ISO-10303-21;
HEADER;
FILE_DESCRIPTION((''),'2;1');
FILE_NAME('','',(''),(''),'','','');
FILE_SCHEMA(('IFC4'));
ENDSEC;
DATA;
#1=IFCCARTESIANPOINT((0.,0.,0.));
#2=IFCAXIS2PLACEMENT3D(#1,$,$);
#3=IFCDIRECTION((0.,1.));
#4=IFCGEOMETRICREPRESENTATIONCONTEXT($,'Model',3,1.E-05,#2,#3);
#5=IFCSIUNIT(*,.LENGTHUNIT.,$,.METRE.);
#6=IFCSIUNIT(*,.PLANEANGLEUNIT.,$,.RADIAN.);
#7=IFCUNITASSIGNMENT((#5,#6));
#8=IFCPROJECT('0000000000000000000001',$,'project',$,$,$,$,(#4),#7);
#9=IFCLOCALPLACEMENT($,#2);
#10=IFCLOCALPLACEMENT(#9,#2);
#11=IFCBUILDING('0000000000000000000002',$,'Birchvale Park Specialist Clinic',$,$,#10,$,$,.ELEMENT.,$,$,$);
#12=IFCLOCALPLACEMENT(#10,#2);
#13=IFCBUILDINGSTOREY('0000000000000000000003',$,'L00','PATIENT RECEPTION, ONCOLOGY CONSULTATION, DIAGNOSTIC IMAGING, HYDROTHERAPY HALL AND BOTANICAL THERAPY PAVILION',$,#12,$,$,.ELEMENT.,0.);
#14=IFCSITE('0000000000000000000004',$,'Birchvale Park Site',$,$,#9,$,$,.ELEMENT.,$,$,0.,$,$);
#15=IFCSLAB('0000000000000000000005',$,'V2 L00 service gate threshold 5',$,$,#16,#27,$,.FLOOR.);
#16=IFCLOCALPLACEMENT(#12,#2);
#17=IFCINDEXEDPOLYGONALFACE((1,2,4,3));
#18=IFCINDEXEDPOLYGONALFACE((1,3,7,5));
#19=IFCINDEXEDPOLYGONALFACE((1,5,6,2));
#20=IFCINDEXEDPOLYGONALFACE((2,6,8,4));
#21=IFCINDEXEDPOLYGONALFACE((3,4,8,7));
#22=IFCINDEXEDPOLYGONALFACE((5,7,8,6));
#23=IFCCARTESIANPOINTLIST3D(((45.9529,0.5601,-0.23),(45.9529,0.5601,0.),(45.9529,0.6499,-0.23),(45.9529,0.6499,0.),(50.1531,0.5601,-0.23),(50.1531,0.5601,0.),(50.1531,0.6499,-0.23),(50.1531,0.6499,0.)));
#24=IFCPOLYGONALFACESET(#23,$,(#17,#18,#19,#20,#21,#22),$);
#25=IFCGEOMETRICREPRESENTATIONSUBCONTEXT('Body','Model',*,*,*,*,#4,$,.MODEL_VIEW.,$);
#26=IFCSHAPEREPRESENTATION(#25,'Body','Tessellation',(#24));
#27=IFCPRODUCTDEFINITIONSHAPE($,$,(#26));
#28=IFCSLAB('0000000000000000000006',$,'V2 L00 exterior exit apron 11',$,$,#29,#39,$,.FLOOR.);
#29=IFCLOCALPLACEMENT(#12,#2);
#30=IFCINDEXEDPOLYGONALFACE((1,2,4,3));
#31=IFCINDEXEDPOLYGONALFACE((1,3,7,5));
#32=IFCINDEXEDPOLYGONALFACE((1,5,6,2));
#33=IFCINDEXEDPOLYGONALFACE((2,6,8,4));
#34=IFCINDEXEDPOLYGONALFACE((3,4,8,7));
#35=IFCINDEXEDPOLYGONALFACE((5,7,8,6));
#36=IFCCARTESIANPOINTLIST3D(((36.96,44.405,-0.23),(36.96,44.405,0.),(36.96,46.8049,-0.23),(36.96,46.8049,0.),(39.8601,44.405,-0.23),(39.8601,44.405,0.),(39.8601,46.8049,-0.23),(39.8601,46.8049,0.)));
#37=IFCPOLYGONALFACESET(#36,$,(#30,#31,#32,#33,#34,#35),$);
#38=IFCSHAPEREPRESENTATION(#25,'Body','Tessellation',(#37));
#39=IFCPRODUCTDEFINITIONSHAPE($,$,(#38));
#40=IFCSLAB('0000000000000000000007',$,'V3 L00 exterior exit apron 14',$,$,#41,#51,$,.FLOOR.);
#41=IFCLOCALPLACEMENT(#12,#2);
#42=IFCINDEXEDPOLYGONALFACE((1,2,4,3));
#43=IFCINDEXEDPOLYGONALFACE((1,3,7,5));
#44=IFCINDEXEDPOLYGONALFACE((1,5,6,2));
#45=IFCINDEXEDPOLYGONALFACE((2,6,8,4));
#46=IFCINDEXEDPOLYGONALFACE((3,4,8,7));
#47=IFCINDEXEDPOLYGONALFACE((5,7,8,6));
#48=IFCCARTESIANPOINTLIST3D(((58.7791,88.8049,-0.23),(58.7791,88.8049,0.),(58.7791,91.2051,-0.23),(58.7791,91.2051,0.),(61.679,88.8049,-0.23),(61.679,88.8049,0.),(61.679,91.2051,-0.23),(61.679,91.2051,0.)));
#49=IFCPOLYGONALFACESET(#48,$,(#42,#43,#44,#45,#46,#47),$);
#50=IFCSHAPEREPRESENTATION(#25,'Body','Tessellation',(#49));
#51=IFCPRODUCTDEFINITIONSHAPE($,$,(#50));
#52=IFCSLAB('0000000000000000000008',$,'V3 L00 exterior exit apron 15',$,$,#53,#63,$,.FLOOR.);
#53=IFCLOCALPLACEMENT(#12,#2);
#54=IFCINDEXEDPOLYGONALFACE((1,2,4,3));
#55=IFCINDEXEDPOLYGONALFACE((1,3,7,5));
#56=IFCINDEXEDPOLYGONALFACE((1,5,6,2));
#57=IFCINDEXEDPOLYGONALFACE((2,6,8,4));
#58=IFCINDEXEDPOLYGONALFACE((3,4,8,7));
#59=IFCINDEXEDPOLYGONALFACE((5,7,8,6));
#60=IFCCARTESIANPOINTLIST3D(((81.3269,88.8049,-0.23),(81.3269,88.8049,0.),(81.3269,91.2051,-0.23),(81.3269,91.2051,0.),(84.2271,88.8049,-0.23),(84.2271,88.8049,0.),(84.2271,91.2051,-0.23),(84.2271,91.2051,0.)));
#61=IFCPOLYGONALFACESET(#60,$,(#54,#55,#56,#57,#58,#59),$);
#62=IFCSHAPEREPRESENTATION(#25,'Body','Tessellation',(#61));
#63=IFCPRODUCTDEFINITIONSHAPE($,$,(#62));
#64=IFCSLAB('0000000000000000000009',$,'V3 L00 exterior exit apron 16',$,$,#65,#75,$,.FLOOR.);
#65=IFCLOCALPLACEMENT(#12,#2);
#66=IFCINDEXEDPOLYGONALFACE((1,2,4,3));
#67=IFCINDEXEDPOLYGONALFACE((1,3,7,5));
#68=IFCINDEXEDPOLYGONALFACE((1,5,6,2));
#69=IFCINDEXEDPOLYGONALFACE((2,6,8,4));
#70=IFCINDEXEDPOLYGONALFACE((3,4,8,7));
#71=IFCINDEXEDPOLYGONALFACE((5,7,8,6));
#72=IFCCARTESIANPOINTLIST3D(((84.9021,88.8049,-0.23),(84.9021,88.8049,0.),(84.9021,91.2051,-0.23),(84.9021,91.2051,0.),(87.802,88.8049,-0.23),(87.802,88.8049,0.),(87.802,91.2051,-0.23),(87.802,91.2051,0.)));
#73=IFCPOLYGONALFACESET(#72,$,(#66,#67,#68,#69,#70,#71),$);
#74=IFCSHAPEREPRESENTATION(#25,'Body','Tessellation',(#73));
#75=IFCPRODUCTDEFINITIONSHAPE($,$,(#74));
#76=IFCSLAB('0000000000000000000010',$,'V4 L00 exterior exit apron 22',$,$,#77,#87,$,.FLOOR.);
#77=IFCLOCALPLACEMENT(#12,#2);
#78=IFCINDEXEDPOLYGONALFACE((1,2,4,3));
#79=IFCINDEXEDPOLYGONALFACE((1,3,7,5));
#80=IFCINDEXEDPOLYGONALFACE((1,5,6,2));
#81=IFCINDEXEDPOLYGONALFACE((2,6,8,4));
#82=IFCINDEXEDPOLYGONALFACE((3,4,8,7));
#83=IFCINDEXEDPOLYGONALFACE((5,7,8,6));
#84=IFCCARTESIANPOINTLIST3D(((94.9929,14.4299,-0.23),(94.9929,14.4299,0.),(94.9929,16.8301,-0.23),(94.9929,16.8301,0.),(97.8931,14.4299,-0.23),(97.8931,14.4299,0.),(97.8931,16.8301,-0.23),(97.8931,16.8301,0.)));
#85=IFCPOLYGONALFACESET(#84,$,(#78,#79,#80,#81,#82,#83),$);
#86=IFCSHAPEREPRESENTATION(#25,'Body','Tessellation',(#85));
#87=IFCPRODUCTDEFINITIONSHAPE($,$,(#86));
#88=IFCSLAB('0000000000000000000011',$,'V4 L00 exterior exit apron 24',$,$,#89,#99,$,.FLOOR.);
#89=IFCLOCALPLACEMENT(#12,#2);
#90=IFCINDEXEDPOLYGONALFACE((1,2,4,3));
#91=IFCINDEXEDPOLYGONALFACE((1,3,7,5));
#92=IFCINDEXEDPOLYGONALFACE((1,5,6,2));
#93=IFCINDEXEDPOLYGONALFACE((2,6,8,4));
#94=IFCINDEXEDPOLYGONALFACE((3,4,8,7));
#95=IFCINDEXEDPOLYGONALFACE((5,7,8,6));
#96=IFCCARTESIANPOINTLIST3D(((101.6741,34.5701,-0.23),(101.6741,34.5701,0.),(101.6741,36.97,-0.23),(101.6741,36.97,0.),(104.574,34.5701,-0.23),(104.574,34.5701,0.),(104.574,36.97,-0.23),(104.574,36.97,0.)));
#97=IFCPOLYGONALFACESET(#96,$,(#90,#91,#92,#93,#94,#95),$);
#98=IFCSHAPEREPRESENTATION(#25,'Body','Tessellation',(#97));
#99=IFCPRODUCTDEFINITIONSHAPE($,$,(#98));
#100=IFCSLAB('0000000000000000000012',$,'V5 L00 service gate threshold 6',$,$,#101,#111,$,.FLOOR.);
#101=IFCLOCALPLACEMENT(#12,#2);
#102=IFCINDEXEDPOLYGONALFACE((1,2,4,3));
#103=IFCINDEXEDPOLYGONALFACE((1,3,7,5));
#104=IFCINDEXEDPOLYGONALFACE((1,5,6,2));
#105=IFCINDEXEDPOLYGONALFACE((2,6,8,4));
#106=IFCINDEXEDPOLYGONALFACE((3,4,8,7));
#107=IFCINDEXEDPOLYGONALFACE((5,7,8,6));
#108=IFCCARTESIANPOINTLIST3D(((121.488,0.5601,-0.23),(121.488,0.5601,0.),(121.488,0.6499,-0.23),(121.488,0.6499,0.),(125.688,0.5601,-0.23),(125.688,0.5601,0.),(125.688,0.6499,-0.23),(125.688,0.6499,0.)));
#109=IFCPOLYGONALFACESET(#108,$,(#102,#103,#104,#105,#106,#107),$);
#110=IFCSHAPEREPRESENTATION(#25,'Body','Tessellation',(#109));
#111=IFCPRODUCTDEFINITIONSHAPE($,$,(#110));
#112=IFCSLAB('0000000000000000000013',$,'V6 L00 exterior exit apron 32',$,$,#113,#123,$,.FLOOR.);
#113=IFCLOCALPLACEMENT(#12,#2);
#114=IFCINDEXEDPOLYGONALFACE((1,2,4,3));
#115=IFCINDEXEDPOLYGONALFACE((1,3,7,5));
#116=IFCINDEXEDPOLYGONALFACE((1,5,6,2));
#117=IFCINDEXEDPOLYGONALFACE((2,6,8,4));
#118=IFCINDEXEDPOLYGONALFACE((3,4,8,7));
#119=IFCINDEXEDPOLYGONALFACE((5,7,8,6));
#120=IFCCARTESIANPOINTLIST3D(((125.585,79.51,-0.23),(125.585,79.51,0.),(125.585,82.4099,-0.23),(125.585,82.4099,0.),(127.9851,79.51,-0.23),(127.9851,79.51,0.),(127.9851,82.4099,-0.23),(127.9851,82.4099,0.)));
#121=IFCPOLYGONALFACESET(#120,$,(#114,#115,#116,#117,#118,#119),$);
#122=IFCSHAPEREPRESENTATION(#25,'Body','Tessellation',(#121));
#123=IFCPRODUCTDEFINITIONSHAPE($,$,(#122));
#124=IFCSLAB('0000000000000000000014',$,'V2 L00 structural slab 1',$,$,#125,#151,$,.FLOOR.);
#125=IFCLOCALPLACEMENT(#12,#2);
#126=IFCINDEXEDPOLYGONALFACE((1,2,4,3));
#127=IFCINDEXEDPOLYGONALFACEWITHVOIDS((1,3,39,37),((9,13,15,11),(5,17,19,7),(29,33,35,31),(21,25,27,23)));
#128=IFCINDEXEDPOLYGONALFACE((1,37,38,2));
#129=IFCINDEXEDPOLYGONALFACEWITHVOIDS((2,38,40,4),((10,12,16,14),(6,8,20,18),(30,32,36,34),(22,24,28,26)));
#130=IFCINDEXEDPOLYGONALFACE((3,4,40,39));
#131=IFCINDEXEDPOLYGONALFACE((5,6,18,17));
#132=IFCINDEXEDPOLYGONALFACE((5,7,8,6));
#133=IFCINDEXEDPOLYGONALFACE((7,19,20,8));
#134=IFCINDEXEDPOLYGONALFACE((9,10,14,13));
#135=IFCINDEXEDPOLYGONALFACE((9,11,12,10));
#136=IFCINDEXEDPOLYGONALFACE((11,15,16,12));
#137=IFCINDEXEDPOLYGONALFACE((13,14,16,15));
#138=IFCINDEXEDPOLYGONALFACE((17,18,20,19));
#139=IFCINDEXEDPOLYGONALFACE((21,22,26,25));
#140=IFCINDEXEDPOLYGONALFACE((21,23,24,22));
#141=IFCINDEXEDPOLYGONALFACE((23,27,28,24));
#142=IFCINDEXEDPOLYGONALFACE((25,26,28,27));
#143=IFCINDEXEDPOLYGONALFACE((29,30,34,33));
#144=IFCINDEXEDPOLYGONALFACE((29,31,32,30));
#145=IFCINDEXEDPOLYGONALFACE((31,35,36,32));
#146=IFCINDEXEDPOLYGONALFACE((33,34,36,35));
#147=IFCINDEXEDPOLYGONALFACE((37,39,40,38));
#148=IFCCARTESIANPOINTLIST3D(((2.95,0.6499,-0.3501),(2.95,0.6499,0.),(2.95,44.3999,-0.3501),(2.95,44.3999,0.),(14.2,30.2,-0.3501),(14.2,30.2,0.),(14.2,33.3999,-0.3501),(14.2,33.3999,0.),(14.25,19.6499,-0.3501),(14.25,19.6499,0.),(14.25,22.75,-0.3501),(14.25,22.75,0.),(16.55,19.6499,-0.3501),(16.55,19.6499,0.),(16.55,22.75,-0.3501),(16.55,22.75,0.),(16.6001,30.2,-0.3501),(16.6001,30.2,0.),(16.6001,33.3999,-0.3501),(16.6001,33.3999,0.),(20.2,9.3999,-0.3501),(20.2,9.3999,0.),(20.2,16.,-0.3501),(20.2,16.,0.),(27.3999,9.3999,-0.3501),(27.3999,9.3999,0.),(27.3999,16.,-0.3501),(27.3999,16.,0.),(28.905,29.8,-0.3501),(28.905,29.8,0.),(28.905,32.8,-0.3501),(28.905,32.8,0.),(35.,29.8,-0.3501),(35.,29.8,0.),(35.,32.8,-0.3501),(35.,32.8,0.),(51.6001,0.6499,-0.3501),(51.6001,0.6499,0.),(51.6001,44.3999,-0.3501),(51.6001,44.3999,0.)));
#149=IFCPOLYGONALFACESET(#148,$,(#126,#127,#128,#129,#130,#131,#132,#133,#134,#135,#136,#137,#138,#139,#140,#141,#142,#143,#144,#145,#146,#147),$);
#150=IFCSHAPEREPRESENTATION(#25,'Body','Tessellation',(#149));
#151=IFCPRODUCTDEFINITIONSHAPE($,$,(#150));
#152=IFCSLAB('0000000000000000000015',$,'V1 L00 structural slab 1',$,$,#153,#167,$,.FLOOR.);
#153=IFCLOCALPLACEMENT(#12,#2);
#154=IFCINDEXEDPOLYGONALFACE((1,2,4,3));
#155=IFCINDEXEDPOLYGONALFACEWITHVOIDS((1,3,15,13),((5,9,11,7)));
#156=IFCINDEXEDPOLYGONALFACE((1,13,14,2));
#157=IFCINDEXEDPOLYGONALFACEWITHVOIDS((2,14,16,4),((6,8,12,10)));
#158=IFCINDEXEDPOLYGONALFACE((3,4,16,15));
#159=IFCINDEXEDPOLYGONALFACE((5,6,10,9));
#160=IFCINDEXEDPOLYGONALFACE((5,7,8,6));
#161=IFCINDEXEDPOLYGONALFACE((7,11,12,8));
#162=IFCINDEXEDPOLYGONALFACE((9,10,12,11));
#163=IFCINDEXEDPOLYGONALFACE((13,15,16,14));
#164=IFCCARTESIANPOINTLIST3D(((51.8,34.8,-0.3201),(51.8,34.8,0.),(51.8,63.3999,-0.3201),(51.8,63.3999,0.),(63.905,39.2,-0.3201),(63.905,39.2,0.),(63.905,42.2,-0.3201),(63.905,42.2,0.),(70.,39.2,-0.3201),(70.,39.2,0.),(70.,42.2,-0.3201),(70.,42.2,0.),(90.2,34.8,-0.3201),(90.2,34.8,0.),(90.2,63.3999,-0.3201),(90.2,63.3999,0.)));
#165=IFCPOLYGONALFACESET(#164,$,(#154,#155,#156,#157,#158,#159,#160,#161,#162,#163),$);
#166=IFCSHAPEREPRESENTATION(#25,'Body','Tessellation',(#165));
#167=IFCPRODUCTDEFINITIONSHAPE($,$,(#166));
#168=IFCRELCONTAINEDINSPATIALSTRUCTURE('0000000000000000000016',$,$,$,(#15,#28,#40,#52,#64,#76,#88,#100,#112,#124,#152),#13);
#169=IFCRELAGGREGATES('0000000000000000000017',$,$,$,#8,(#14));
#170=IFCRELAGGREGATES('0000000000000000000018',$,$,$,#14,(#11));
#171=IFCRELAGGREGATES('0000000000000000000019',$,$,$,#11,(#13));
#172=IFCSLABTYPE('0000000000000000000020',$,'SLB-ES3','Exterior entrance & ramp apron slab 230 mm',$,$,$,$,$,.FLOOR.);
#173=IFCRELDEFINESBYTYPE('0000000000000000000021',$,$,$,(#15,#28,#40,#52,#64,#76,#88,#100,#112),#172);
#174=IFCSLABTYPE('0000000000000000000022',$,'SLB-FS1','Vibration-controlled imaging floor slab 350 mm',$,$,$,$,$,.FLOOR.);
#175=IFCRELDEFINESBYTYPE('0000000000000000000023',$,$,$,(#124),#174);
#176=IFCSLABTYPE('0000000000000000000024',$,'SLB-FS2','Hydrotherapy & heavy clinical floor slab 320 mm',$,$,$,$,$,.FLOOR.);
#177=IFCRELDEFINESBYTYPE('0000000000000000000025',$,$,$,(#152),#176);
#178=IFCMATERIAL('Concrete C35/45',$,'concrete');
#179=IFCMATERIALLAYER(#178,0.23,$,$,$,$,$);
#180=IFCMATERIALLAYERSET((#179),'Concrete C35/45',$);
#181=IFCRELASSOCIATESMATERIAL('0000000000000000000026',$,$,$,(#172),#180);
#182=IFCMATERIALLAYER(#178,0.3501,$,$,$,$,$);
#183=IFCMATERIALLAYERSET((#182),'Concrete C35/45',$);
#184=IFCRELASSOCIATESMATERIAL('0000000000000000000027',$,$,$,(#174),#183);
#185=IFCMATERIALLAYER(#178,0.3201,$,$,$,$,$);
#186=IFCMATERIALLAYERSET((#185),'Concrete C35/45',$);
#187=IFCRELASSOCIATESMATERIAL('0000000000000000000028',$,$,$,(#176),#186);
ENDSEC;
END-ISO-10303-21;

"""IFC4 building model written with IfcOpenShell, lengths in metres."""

from ifc_helpers import new_model, si_unit, direction, frame, origin, place, context, subcontext, project, spatial, polyline, outline, extrude, material, layer, layer_set, type_object, element, save


model = new_model("IFC4")

# Units and contexts
model_context = context("Model", 3, precision=1e-05, world=origin(), true_north=direction((0.0, 1.0)))
body_context = subcontext(model_context, "Body", "Model", "MODEL_VIEW")
ifc_project = project(units=[si_unit("LENGTHUNIT", "METRE"), si_unit("PLANEANGLEUNIT", "RADIAN")], contexts=[model_context])

# Site, building, storey
site_placement = place(None, origin())
site = spatial("IfcSite", under=ifc_project, at=site_placement, Name="Birchvale Park Site", CompositionType="ELEMENT", RefElevation=0.0)
building_placement = place(site_placement, origin())
building = spatial("IfcBuilding", under=site, at=building_placement, Name="Birchvale Park Specialist Clinic", CompositionType="ELEMENT")
storey_placement = place(building_placement, origin())
storey = spatial("IfcBuildingStorey", under=building, at=storey_placement, Name="L00", Description="PATIENT RECEPTION, ONCOLOGY CONSULTATION, DIAGNOSTIC IMAGING, HYDROTHERAPY HALL AND BOTANICAL THERAPY PAVILION", CompositionType="ELEMENT", Elevation=0.0)

# Slabs
ifc_material = material(Name="Concrete C35/45", Category="concrete")
ifc_layer_1 = layer(ifc_material, 0.23)
ifc_layer_set_1 = layer_set([ifc_layer_1], Name="Concrete C35/45")
slab_type_1 = type_object("IfcSlabType", Name="SLB-ES3", Description="Exterior entrance & ramp apron slab 230 mm", PredefinedType="FLOOR", material=ifc_layer_set_1)
slab_1_placement = place(storey_placement, frame((0.0, 0.0, -0.23)))
element("IfcSlab", 1, at=slab_1_placement, inside=storey, type_object=slab_type_1, Name="V2 L00 service gate threshold 5", PredefinedType="FLOOR", context=body_context, shape_type="SweptSolid", body=[
    extrude(outline(polyline([(45.9529, 0.5601), (50.1531, 0.5601), (50.1531, 0.6499), (45.9529, 0.6499), (45.9529, 0.5601)])), origin(), (0.0, 0.0, 1.0), 0.23),
])
slab_2_placement = place(storey_placement, frame((0.0, 0.0, -0.23)))
element("IfcSlab", 2, at=slab_2_placement, inside=storey, type_object=slab_type_1, Name="V2 L00 exterior exit apron 11", PredefinedType="FLOOR", context=body_context, shape_type="SweptSolid", body=[
    extrude(outline(polyline([(36.96, 44.405), (39.8601, 44.405), (39.8601, 46.8049), (36.96, 46.8049), (36.96, 44.405)])), origin(), (0.0, 0.0, 1.0), 0.23),
])
slab_3_placement = place(storey_placement, frame((0.0, 0.0, -0.23)))
element("IfcSlab", 3, at=slab_3_placement, inside=storey, type_object=slab_type_1, Name="V3 L00 exterior exit apron 14", PredefinedType="FLOOR", context=body_context, shape_type="SweptSolid", body=[
    extrude(outline(polyline([(58.7791, 88.8049), (61.679, 88.8049), (61.679, 91.2051), (58.7791, 91.2051), (58.7791, 88.8049)])), origin(), (0.0, 0.0, 1.0), 0.23),
])
slab_4_placement = place(storey_placement, frame((0.0, 0.0, -0.23)))
element("IfcSlab", 4, at=slab_4_placement, inside=storey, type_object=slab_type_1, Name="V3 L00 exterior exit apron 15", PredefinedType="FLOOR", context=body_context, shape_type="SweptSolid", body=[
    extrude(outline(polyline([(81.3269, 88.8049), (84.2271, 88.8049), (84.2271, 91.2051), (81.3269, 91.2051), (81.3269, 88.8049)])), origin(), (0.0, 0.0, 1.0), 0.23),
])
slab_5_placement = place(storey_placement, frame((0.0, 0.0, -0.23)))
element("IfcSlab", 5, at=slab_5_placement, inside=storey, type_object=slab_type_1, Name="V3 L00 exterior exit apron 16", PredefinedType="FLOOR", context=body_context, shape_type="SweptSolid", body=[
    extrude(outline(polyline([(84.9021, 88.8049), (87.802, 88.8049), (87.802, 91.2051), (84.9021, 91.2051), (84.9021, 88.8049)])), origin(), (0.0, 0.0, 1.0), 0.23),
])
slab_6_placement = place(storey_placement, frame((0.0, 0.0, -0.23)))
element("IfcSlab", 6, at=slab_6_placement, inside=storey, type_object=slab_type_1, Name="V4 L00 exterior exit apron 22", PredefinedType="FLOOR", context=body_context, shape_type="SweptSolid", body=[
    extrude(outline(polyline([(94.9929, 14.4299), (97.8931, 14.4299), (97.8931, 16.8301), (94.9929, 16.8301), (94.9929, 14.4299)])), origin(), (0.0, 0.0, 1.0), 0.23),
])
slab_7_placement = place(storey_placement, frame((0.0, 0.0, -0.23)))
element("IfcSlab", 7, at=slab_7_placement, inside=storey, type_object=slab_type_1, Name="V4 L00 exterior exit apron 24", PredefinedType="FLOOR", context=body_context, shape_type="SweptSolid", body=[
    extrude(outline(polyline([(101.6741, 34.5701), (104.574, 34.5701), (104.574, 36.97), (101.6741, 36.97), (101.6741, 34.5701)])), origin(), (0.0, 0.0, 1.0), 0.23),
])
slab_8_placement = place(storey_placement, frame((0.0, 0.0, -0.23)))
element("IfcSlab", 8, at=slab_8_placement, inside=storey, type_object=slab_type_1, Name="V5 L00 service gate threshold 6", PredefinedType="FLOOR", context=body_context, shape_type="SweptSolid", body=[
    extrude(outline(polyline([(121.488, 0.5601), (125.688, 0.5601), (125.688, 0.6499), (121.488, 0.6499), (121.488, 0.5601)])), origin(), (0.0, 0.0, 1.0), 0.23),
])
slab_9_placement = place(storey_placement, frame((0.0, 0.0, -0.23)))
element("IfcSlab", 9, at=slab_9_placement, inside=storey, type_object=slab_type_1, Name="V6 L00 exterior exit apron 32", PredefinedType="FLOOR", context=body_context, shape_type="SweptSolid", body=[
    extrude(outline(polyline([(125.585, 79.51), (127.9851, 79.51), (127.9851, 82.4099), (125.585, 82.4099), (125.585, 79.51)])), origin(), (0.0, 0.0, 1.0), 0.23),
])
ifc_layer_2 = layer(ifc_material, 0.3501)
ifc_layer_set_2 = layer_set([ifc_layer_2], Name="Concrete C35/45")
slab_type_2 = type_object("IfcSlabType", Name="SLB-FS1", Description="Vibration-controlled imaging floor slab 350 mm", PredefinedType="FLOOR", material=ifc_layer_set_2)
slab_10_placement = place(storey_placement, frame((0.0, 0.0, -0.3501)))
element("IfcSlab", 10, at=slab_10_placement, inside=storey, type_object=slab_type_2, Name="V2 L00 structural slab 1", PredefinedType="FLOOR", context=body_context, shape_type="SweptSolid", body=[
    extrude(outline(polyline([(2.95, 0.6499), (51.6001, 0.6499), (51.6001, 44.3999), (2.95, 44.3999), (2.95, 0.6499)]), holes=[polyline([(20.2, 9.3999), (27.3999, 9.3999), (27.3999, 16.0), (20.2, 16.0), (20.2, 9.3999)]), polyline([(28.905, 29.8), (35.0, 29.8), (35.0, 32.8), (28.905, 32.8), (28.905, 29.8)]), polyline([(14.25, 19.6499), (16.55, 19.6499), (16.55, 22.75), (14.25, 22.75), (14.25, 19.6499)]), polyline([(14.2, 30.2), (16.6001, 30.2), (16.6001, 33.3999), (14.2, 33.3999), (14.2, 30.2)])]), origin(), (0.0, 0.0, 1.0), 0.3501),
])
ifc_layer_3 = layer(ifc_material, 0.3201)
ifc_layer_set_3 = layer_set([ifc_layer_3], Name="Concrete C35/45")
slab_type_3 = type_object("IfcSlabType", Name="SLB-FS2", Description="Hydrotherapy & heavy clinical floor slab 320 mm", PredefinedType="FLOOR", material=ifc_layer_set_3)
slab_11_placement = place(storey_placement, frame((0.0, 0.0, -0.3201)))
element("IfcSlab", 11, at=slab_11_placement, inside=storey, type_object=slab_type_3, Name="V1 L00 structural slab 1", PredefinedType="FLOOR", context=body_context, shape_type="SweptSolid", body=[
    extrude(outline(polyline([(51.8, 34.8), (90.2, 34.8), (90.2, 63.3999), (51.8, 63.3999), (51.8, 34.8)]), holes=[polyline([(63.905, 39.2), (70.0, 39.2), (70.0, 42.2), (63.905, 42.2), (63.905, 39.2)])]), origin(), (0.0, 0.0, 1.0), 0.3201),
])

save(model, "model.ifc")
